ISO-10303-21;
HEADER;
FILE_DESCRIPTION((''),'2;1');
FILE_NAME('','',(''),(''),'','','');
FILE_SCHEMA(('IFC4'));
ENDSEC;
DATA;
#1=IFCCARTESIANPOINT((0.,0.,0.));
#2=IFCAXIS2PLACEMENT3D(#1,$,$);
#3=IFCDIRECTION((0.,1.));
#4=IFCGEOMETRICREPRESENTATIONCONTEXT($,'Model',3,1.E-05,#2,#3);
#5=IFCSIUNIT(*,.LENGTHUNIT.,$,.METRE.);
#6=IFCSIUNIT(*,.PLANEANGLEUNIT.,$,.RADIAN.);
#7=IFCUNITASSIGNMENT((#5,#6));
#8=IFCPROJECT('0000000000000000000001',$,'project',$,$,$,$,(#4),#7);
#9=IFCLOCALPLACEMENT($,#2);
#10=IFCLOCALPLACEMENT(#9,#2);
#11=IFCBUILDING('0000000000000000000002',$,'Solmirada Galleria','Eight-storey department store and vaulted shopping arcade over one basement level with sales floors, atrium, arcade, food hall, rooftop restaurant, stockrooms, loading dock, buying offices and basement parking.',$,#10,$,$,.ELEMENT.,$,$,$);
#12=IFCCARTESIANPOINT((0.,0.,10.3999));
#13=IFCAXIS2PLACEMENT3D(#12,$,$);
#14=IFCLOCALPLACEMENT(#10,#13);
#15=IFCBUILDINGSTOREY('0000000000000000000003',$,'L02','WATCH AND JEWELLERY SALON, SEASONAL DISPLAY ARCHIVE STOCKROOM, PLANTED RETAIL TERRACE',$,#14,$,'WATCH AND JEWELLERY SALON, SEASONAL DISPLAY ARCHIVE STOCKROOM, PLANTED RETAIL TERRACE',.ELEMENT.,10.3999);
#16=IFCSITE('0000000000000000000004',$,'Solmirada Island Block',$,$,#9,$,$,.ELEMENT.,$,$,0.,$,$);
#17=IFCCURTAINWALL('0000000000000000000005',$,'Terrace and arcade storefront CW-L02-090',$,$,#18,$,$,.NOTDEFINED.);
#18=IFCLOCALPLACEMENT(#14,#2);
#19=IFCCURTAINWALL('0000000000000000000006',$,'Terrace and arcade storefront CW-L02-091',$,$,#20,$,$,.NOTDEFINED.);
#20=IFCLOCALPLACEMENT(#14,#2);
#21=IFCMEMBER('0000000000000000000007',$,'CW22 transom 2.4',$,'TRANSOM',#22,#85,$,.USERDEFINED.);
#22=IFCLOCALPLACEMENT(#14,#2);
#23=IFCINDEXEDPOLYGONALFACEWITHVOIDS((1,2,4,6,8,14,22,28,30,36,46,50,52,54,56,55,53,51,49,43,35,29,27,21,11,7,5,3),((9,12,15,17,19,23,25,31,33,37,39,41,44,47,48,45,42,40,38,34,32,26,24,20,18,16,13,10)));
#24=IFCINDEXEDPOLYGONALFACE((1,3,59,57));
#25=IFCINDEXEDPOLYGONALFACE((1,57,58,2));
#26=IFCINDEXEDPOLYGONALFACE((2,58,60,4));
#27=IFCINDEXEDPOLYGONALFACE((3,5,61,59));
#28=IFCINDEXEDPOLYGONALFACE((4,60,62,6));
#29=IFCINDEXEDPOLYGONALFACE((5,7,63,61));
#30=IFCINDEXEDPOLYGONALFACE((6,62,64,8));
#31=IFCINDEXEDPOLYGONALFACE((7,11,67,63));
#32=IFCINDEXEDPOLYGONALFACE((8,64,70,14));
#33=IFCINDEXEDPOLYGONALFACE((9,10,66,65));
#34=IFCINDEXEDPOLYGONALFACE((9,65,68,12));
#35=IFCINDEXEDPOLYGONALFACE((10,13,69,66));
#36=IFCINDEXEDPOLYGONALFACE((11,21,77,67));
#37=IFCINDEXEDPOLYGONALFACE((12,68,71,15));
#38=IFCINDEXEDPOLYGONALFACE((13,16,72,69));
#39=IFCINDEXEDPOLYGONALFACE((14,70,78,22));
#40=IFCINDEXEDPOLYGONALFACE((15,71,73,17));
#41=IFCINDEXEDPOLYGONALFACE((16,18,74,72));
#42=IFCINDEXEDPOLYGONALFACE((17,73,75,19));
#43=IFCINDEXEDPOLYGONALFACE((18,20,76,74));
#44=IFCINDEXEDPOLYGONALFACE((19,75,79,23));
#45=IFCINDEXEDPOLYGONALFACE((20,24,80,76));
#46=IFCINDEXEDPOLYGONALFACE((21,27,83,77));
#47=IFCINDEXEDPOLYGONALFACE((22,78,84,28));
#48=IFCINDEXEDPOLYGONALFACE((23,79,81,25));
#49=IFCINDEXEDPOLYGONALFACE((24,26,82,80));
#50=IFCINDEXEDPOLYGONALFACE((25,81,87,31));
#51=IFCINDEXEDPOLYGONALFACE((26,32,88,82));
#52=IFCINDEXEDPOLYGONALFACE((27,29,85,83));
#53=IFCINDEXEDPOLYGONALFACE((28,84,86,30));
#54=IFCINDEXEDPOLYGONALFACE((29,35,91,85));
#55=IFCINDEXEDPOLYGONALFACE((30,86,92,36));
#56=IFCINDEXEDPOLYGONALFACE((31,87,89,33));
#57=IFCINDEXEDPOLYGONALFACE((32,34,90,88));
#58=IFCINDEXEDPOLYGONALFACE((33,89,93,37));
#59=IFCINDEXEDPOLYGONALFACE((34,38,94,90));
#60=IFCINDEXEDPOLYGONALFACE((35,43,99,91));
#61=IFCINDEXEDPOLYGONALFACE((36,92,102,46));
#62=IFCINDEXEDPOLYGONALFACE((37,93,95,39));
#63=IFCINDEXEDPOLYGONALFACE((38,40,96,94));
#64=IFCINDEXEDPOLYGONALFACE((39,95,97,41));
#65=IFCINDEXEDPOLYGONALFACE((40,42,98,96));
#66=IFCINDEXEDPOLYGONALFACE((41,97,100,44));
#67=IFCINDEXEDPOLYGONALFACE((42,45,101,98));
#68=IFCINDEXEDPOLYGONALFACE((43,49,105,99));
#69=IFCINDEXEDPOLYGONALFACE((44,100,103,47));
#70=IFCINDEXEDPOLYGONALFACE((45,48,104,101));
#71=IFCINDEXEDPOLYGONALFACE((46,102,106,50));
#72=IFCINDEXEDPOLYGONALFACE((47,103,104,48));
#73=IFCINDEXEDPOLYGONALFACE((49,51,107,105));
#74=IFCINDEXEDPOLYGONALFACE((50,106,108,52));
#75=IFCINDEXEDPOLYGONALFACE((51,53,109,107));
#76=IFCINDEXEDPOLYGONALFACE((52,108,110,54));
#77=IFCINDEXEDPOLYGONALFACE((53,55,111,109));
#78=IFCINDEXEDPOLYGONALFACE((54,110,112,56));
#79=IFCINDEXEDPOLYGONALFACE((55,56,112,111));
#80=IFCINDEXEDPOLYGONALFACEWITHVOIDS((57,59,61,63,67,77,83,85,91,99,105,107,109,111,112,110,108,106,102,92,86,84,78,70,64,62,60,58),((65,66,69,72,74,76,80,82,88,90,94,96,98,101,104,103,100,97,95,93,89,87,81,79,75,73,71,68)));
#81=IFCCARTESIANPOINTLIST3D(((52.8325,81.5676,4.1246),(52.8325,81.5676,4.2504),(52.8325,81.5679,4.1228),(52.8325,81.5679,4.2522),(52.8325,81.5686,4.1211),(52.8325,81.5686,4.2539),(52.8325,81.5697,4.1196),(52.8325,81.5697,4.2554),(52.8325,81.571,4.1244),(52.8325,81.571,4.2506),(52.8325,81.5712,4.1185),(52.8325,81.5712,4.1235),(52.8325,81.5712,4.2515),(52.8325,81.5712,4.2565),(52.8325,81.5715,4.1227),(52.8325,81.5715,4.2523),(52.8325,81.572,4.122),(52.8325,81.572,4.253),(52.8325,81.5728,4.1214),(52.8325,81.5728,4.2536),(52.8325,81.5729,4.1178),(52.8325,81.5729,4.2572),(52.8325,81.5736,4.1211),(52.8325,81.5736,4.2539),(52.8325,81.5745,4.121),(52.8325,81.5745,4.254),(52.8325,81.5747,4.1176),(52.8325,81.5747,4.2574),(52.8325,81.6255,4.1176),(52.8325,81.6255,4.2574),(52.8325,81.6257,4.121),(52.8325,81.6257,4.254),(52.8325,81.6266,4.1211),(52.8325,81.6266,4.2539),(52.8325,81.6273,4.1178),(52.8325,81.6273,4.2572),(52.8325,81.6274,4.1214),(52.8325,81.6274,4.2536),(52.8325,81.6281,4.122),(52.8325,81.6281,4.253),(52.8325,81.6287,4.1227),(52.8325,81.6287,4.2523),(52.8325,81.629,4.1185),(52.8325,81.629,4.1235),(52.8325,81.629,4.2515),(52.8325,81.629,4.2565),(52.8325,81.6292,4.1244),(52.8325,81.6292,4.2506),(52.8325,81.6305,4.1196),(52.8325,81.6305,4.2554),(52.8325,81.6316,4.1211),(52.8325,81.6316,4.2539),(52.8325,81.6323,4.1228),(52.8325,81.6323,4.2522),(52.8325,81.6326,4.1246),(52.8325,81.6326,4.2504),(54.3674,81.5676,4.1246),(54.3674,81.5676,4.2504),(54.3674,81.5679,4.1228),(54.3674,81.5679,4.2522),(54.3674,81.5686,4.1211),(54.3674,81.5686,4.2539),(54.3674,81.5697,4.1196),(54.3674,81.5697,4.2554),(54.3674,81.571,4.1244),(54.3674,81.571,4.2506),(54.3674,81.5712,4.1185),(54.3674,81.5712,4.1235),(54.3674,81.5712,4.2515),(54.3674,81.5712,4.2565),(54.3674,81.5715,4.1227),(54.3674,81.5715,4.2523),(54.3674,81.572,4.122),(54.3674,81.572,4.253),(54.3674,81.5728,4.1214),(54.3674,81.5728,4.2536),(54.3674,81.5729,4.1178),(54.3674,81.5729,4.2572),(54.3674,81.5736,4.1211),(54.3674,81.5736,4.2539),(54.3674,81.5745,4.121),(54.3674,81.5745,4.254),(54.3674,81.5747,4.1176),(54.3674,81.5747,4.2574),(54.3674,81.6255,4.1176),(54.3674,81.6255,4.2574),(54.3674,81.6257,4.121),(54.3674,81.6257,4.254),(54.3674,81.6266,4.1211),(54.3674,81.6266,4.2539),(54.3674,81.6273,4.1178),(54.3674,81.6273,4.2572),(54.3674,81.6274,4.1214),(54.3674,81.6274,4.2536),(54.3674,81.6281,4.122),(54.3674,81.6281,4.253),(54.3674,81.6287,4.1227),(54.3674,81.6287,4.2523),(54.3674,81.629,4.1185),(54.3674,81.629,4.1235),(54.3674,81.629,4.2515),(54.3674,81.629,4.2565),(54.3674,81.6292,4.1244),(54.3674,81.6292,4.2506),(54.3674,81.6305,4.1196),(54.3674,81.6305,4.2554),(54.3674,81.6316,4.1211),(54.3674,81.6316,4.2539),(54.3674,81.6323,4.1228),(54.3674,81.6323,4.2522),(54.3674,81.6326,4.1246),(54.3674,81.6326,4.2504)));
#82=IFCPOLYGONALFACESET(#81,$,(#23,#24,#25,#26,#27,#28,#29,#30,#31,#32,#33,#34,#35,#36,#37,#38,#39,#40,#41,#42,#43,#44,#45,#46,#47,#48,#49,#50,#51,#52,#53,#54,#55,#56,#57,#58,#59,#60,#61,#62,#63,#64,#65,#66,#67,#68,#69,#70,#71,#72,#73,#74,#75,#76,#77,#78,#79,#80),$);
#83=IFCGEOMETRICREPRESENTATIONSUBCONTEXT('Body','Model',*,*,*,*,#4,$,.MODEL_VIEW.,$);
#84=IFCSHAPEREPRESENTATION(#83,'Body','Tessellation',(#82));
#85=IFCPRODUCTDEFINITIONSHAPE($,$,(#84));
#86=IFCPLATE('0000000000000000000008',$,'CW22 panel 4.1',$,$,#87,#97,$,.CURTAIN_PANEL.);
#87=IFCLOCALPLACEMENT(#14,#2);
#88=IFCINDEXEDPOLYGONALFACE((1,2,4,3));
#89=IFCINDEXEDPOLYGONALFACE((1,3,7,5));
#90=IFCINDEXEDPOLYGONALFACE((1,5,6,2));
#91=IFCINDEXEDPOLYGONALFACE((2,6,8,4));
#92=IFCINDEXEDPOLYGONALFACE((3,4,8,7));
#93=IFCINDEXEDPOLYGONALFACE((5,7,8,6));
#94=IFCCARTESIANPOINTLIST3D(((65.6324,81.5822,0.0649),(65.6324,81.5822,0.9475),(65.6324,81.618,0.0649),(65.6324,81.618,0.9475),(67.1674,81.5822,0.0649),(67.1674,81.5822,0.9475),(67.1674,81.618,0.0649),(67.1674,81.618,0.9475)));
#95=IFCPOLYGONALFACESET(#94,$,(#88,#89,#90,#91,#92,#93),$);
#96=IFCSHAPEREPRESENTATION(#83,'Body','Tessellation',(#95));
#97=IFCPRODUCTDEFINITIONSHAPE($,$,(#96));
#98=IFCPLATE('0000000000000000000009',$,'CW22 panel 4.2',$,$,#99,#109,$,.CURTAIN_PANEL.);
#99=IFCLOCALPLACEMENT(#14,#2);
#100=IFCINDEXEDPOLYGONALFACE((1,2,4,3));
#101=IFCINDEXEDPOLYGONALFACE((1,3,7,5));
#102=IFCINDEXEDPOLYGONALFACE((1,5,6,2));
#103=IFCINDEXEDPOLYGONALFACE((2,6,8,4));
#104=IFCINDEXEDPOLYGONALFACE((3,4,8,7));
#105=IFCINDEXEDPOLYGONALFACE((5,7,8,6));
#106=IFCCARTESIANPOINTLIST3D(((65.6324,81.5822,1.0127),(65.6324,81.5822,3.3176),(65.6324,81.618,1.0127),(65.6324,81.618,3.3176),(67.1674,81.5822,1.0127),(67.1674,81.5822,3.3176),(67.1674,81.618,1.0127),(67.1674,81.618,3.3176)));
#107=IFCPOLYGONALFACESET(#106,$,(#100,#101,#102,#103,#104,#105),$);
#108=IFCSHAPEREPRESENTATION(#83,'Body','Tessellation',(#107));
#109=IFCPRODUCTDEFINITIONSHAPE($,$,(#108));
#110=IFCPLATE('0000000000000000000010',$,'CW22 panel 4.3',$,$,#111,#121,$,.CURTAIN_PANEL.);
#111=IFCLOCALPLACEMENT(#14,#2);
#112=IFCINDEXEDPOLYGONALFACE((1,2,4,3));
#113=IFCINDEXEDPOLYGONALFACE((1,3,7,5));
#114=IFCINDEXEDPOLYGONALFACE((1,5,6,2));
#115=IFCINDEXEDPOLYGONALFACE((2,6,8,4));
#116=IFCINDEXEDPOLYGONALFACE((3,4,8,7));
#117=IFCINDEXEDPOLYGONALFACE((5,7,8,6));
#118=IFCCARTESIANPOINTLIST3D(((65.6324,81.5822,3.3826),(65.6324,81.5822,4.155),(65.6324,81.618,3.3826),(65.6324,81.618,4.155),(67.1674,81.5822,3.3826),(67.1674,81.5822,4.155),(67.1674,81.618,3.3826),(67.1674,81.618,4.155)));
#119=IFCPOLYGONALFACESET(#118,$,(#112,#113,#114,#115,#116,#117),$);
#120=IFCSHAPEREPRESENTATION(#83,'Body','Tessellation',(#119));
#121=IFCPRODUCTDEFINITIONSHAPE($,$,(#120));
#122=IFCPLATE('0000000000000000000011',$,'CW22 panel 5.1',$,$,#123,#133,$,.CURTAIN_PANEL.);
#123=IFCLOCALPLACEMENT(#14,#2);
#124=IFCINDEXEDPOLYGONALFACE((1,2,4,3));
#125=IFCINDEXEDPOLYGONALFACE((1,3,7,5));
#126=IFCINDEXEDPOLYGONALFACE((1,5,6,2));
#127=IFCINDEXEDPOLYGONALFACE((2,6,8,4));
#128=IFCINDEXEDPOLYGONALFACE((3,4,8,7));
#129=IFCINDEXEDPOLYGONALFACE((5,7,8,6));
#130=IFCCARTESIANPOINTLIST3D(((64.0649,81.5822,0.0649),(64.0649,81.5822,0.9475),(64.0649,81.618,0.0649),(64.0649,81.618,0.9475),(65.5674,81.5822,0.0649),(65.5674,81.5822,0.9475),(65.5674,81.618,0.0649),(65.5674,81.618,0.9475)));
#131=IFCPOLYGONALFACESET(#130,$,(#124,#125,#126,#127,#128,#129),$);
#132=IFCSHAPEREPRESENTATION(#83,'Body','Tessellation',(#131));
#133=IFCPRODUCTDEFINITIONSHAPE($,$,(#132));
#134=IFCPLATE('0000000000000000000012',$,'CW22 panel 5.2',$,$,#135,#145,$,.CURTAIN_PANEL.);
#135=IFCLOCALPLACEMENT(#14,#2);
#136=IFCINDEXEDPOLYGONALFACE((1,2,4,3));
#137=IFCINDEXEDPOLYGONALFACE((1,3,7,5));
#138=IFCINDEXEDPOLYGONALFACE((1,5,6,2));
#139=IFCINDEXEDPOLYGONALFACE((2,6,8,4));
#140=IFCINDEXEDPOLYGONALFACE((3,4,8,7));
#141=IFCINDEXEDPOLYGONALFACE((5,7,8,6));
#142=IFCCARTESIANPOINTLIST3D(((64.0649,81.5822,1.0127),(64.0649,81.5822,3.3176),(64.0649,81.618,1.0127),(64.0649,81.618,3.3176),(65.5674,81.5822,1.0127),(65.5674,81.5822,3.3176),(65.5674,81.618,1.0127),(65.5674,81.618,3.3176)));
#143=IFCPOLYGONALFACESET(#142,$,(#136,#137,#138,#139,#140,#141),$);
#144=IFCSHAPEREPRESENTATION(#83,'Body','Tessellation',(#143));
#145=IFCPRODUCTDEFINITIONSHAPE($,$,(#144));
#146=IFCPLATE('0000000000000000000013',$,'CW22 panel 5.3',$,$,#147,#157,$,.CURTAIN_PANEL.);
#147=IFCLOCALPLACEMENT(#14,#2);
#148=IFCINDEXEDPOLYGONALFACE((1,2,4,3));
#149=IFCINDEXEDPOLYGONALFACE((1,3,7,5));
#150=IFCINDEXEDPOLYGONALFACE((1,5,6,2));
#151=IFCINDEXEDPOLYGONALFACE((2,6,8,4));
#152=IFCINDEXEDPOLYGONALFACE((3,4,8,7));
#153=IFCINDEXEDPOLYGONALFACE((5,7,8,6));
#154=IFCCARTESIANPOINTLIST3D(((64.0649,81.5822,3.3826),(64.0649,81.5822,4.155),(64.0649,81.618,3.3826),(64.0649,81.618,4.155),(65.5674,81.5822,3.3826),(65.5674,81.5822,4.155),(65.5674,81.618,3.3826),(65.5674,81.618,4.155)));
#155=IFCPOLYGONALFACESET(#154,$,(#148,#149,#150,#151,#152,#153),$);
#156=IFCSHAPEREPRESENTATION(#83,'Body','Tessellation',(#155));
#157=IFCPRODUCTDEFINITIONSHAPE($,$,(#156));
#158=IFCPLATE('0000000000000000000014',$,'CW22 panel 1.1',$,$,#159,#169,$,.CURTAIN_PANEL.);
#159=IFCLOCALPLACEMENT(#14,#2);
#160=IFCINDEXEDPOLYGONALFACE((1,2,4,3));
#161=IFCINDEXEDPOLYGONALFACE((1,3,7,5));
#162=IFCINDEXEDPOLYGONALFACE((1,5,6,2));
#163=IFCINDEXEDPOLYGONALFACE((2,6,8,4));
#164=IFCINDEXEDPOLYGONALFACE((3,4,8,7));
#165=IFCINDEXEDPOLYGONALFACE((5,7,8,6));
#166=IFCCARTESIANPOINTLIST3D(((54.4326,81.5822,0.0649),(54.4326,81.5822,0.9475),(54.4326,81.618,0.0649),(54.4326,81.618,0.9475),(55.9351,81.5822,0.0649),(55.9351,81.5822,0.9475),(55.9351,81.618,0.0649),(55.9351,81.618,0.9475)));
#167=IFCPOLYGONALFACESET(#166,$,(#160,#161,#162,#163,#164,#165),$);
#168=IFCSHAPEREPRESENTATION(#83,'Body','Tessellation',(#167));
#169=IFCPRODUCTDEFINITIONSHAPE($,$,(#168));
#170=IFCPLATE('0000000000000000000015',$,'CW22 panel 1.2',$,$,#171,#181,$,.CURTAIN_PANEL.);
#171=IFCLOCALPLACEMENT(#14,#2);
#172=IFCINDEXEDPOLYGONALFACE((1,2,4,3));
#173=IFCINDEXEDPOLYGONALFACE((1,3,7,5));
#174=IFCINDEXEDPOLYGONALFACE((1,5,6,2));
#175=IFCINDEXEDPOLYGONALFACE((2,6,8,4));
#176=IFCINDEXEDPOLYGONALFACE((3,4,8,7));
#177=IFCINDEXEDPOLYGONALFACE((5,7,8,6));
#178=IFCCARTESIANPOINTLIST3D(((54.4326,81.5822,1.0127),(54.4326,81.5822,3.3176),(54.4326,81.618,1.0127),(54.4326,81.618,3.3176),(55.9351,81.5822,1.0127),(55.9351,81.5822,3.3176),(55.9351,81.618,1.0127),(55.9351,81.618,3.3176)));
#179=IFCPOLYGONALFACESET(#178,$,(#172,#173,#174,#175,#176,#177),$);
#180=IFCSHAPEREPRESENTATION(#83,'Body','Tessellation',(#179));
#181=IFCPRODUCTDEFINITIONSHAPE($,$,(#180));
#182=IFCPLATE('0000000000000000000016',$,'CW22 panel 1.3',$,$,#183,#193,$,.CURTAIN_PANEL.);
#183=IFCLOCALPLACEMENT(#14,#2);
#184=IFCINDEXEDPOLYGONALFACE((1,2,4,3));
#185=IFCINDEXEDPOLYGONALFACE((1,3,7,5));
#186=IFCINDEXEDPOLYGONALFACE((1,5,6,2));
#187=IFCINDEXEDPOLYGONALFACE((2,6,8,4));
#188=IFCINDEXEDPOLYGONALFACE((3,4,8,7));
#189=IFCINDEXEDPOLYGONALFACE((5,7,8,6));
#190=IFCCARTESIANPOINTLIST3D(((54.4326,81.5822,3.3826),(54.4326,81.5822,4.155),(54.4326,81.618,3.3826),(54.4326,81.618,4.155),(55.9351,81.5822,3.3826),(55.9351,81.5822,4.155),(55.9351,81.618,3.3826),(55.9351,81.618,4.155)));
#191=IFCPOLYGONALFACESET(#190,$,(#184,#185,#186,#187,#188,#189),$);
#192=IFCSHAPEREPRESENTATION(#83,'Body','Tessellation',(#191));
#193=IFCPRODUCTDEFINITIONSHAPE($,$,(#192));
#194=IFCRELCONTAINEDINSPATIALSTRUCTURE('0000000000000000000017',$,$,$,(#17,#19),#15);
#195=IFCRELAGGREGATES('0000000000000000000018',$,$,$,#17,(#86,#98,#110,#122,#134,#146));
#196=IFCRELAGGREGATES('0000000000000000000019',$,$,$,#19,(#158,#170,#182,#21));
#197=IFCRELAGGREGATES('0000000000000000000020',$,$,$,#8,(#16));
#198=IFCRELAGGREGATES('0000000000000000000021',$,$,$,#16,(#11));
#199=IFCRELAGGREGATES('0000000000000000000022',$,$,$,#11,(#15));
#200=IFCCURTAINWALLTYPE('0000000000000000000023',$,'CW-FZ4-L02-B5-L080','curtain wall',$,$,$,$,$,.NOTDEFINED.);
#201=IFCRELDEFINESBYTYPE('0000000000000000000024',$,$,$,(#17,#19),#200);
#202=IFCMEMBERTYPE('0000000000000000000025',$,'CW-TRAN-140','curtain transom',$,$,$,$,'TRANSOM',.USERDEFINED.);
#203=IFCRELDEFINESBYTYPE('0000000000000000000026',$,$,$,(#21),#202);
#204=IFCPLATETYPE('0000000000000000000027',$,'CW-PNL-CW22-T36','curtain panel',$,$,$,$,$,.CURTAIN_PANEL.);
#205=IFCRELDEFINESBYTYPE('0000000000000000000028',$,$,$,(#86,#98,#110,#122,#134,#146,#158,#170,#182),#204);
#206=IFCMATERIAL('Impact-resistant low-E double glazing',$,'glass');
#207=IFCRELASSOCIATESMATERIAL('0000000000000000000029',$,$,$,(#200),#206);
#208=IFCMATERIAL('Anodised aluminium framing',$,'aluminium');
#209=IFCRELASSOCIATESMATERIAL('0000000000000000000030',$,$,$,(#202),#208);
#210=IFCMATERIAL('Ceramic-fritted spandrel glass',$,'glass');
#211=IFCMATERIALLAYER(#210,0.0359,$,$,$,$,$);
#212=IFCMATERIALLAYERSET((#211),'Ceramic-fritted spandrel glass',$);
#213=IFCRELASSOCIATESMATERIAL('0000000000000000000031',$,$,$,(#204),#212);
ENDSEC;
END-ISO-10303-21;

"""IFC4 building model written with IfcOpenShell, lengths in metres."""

from ifc_helpers import new_model, si_unit, direction, frame, origin, origin_2d, place, context, subcontext, project, spatial, rectangle, hollow_rectangle, extrude, material, layer, layer_set, material_profile, profile_set, type_object, element, aggregate, save


model = new_model("IFC4")

# Units and contexts
model_context = context("Model", 3, precision=1e-05, world=origin(), true_north=direction((0.0, 1.0)))
body_context = subcontext(model_context, "Body", "Model", "MODEL_VIEW")
ifc_project = project(units=[si_unit("LENGTHUNIT", "METRE"), si_unit("PLANEANGLEUNIT", "RADIAN")], contexts=[model_context])

# Site, building, storey
site_placement = place(None, origin())
site = spatial("IfcSite", under=ifc_project, at=site_placement, Name="Solmirada Island Block", CompositionType="ELEMENT", RefElevation=0.0)
building_placement = place(site_placement, origin())
building = spatial("IfcBuilding", under=site, at=building_placement, Name="Solmirada Galleria", Description="Eight-storey department store and vaulted shopping arcade over one basement level with sales floors, atrium, arcade, food hall, rooftop restaurant, stockrooms, loading dock, buying offices and basement parking.", CompositionType="ELEMENT")
storey_placement = place(building_placement, frame((0.0, 0.0, 10.3999)))
storey = spatial("IfcBuildingStorey", under=building, at=storey_placement, Name="L02", Description="WATCH AND JEWELLERY SALON, SEASONAL DISPLAY ARCHIVE STOCKROOM, PLANTED RETAIL TERRACE", LongName="WATCH AND JEWELLERY SALON, SEASONAL DISPLAY ARCHIVE STOCKROOM, PLANTED RETAIL TERRACE", CompositionType="ELEMENT", Elevation=10.3999)

# Curtain walls
ifc_material_1 = material(Name="Impact-resistant low-E double glazing", Category="glass")
curtain_wall_type = type_object("IfcCurtainWallType", Name="CW-FZ4-L02-B5-L080", Description="curtain wall", PredefinedType="NOTDEFINED", material=ifc_material_1)
curtain_wall_1_placement = place(storey_placement, origin())
curtain_wall_1 = element("IfcCurtainWall", 1, at=curtain_wall_1_placement, inside=storey, type_object=curtain_wall_type, Name="Terrace and arcade storefront CW-L02-090", PredefinedType="NOTDEFINED")
ifc_material_2 = material(Name="Anodised aluminium framing", Category="aluminium")
curtain_wall_2_placement = place(storey_placement, origin())
curtain_wall_2 = element("IfcCurtainWall", 2, at=curtain_wall_2_placement, inside=storey, type_object=curtain_wall_type, Name="Terrace and arcade storefront CW-L02-091", PredefinedType="NOTDEFINED")

# Member
ifc_material_profile_1 = material_profile(ifc_material_2, hollow_rectangle(XDim=0.0649, YDim=0.1399, WallThickness=0.0034, InnerFilletRadius=0.0034, OuterFilletRadius=0.0071, at=origin_2d()), Name="ALU-TRAN-140X65")
ifc_profile_set_1 = profile_set([ifc_material_profile_1], Name="Anodised aluminium framing")
member_type_1 = type_object("IfcMemberType", Name="CW-TRAN-140", Description="curtain transom", ElementType="TRANSOM", PredefinedType="USERDEFINED", material=ifc_profile_set_1)
member_1_placement = place(storey_placement, frame((54.3674, 81.6001, 4.1875), z_axis=(-1.0, 0.0, 0.0), x_axis=(0.0, -1.0, 0.0)))
member_1 = element("IfcMember", 3, at=member_1_placement, type_object=member_type_1, Name="CW22 transom 2.4", ObjectType="TRANSOM", PredefinedType="USERDEFINED", context=body_context, shape_type="SweptSolid", body=[
    extrude(hollow_rectangle(XDim=0.0649, YDim=0.1399, WallThickness=0.0034, InnerFilletRadius=0.0034, OuterFilletRadius=0.0071, at=origin_2d()), origin(), (0.0, 0.0, 1.0), 1.5349),
])

# Plates
ifc_material_3 = material(Name="Ceramic-fritted spandrel glass", Category="glass")
ifc_layer_1 = layer(ifc_material_3, 0.0359)
ifc_layer_set_1 = layer_set([ifc_layer_1], Name="Ceramic-fritted spandrel glass")
plate_type = type_object("IfcPlateType", Name="CW-PNL-CW22-T36", Description="curtain panel", PredefinedType="CURTAIN_PANEL", material=ifc_layer_set_1)
plate_1_placement = place(storey_placement, frame((66.3999, 81.6001, 0.0649), z_axis=(0.0, 0.0, 1.0), x_axis=(-1.0, 0.0, 0.0)))
plate_1 = element("IfcPlate", 4, at=plate_1_placement, type_object=plate_type, Name="CW22 panel 4.1", PredefinedType="CURTAIN_PANEL", context=body_context, shape_type="SweptSolid", body=[
    extrude(rectangle(XDim=1.5349, YDim=0.0359, at=origin_2d()), origin(), (0.0, 0.0, 1.0), 0.8826),
])
plate_2_placement = place(storey_placement, frame((66.3999, 81.6001, 1.0127), z_axis=(0.0, 0.0, 1.0), x_axis=(-1.0, 0.0, 0.0)))
plate_2 = element("IfcPlate", 5, at=plate_2_placement, type_object=plate_type, Name="CW22 panel 4.2", PredefinedType="CURTAIN_PANEL", context=body_context, shape_type="SweptSolid", body=[
    extrude(rectangle(XDim=1.5349, YDim=0.0359, at=origin_2d()), origin(), (0.0, 0.0, 1.0), 2.3049),
])
plate_3_placement = place(storey_placement, frame((66.3999, 81.6001, 3.3826), z_axis=(0.0, 0.0, 1.0), x_axis=(-1.0, 0.0, 0.0)))
plate_3 = element("IfcPlate", 6, at=plate_3_placement, type_object=plate_type, Name="CW22 panel 4.3", PredefinedType="CURTAIN_PANEL", context=body_context, shape_type="SweptSolid", body=[
    extrude(rectangle(XDim=1.5349, YDim=0.0359, at=origin_2d()), origin(), (0.0, 0.0, 1.0), 0.7725),
])
plate_4_placement = place(storey_placement, frame((64.8162, 81.6001, 0.0649), z_axis=(0.0, 0.0, 1.0), x_axis=(-1.0, 0.0, 0.0)))
plate_4 = element("IfcPlate", 7, at=plate_4_placement, type_object=plate_type, Name="CW22 panel 5.1", PredefinedType="CURTAIN_PANEL", context=body_context, shape_type="SweptSolid", body=[
    extrude(rectangle(XDim=1.5024, YDim=0.0359, at=origin_2d()), origin(), (0.0, 0.0, 1.0), 0.8826),
])
plate_5_placement = place(storey_placement, frame((64.8162, 81.6001, 1.0127), z_axis=(0.0, 0.0, 1.0), x_axis=(-1.0, 0.0, 0.0)))
plate_5 = element("IfcPlate", 8, at=plate_5_placement, type_object=plate_type, Name="CW22 panel 5.2", PredefinedType="CURTAIN_PANEL", context=body_context, shape_type="SweptSolid", body=[
    extrude(rectangle(XDim=1.5024, YDim=0.0359, at=origin_2d()), origin(), (0.0, 0.0, 1.0), 2.3049),
])
plate_6_placement = place(storey_placement, frame((64.8162, 81.6001, 3.3826), z_axis=(0.0, 0.0, 1.0), x_axis=(-1.0, 0.0, 0.0)))
plate_6 = element("IfcPlate", 9, at=plate_6_placement, type_object=plate_type, Name="CW22 panel 5.3", PredefinedType="CURTAIN_PANEL", context=body_context, shape_type="SweptSolid", body=[
    extrude(rectangle(XDim=1.5024, YDim=0.0359, at=origin_2d()), origin(), (0.0, 0.0, 1.0), 0.7725),
])
aggregate(curtain_wall_1, [plate_1, plate_2, plate_3, plate_4, plate_5, plate_6])
plate_7_placement = place(storey_placement, frame((55.1838, 81.6001, 0.0649), z_axis=(0.0, 0.0, 1.0), x_axis=(-1.0, 0.0, 0.0)))
plate_7 = element("IfcPlate", 10, at=plate_7_placement, type_object=plate_type, Name="CW22 panel 1.1", PredefinedType="CURTAIN_PANEL", context=body_context, shape_type="SweptSolid", body=[
    extrude(rectangle(XDim=1.5024, YDim=0.0359, at=origin_2d()), origin(), (0.0, 0.0, 1.0), 0.8826),
])
plate_8_placement = place(storey_placement, frame((55.1838, 81.6001, 1.0127), z_axis=(0.0, 0.0, 1.0), x_axis=(-1.0, 0.0, 0.0)))
plate_8 = element("IfcPlate", 11, at=plate_8_placement, type_object=plate_type, Name="CW22 panel 1.2", PredefinedType="CURTAIN_PANEL", context=body_context, shape_type="SweptSolid", body=[
    extrude(rectangle(XDim=1.5024, YDim=0.0359, at=origin_2d()), origin(), (0.0, 0.0, 1.0), 2.3049),
])
plate_9_placement = place(storey_placement, frame((55.1838, 81.6001, 3.3826), z_axis=(0.0, 0.0, 1.0), x_axis=(-1.0, 0.0, 0.0)))
plate_9 = element("IfcPlate", 12, at=plate_9_placement, type_object=plate_type, Name="CW22 panel 1.3", PredefinedType="CURTAIN_PANEL", context=body_context, shape_type="SweptSolid", body=[
    extrude(rectangle(XDim=1.5024, YDim=0.0359, at=origin_2d()), origin(), (0.0, 0.0, 1.0), 0.7725),
])
aggregate(curtain_wall_2, [plate_7, plate_8, plate_9, member_1])

save(model, "model.ifc")
